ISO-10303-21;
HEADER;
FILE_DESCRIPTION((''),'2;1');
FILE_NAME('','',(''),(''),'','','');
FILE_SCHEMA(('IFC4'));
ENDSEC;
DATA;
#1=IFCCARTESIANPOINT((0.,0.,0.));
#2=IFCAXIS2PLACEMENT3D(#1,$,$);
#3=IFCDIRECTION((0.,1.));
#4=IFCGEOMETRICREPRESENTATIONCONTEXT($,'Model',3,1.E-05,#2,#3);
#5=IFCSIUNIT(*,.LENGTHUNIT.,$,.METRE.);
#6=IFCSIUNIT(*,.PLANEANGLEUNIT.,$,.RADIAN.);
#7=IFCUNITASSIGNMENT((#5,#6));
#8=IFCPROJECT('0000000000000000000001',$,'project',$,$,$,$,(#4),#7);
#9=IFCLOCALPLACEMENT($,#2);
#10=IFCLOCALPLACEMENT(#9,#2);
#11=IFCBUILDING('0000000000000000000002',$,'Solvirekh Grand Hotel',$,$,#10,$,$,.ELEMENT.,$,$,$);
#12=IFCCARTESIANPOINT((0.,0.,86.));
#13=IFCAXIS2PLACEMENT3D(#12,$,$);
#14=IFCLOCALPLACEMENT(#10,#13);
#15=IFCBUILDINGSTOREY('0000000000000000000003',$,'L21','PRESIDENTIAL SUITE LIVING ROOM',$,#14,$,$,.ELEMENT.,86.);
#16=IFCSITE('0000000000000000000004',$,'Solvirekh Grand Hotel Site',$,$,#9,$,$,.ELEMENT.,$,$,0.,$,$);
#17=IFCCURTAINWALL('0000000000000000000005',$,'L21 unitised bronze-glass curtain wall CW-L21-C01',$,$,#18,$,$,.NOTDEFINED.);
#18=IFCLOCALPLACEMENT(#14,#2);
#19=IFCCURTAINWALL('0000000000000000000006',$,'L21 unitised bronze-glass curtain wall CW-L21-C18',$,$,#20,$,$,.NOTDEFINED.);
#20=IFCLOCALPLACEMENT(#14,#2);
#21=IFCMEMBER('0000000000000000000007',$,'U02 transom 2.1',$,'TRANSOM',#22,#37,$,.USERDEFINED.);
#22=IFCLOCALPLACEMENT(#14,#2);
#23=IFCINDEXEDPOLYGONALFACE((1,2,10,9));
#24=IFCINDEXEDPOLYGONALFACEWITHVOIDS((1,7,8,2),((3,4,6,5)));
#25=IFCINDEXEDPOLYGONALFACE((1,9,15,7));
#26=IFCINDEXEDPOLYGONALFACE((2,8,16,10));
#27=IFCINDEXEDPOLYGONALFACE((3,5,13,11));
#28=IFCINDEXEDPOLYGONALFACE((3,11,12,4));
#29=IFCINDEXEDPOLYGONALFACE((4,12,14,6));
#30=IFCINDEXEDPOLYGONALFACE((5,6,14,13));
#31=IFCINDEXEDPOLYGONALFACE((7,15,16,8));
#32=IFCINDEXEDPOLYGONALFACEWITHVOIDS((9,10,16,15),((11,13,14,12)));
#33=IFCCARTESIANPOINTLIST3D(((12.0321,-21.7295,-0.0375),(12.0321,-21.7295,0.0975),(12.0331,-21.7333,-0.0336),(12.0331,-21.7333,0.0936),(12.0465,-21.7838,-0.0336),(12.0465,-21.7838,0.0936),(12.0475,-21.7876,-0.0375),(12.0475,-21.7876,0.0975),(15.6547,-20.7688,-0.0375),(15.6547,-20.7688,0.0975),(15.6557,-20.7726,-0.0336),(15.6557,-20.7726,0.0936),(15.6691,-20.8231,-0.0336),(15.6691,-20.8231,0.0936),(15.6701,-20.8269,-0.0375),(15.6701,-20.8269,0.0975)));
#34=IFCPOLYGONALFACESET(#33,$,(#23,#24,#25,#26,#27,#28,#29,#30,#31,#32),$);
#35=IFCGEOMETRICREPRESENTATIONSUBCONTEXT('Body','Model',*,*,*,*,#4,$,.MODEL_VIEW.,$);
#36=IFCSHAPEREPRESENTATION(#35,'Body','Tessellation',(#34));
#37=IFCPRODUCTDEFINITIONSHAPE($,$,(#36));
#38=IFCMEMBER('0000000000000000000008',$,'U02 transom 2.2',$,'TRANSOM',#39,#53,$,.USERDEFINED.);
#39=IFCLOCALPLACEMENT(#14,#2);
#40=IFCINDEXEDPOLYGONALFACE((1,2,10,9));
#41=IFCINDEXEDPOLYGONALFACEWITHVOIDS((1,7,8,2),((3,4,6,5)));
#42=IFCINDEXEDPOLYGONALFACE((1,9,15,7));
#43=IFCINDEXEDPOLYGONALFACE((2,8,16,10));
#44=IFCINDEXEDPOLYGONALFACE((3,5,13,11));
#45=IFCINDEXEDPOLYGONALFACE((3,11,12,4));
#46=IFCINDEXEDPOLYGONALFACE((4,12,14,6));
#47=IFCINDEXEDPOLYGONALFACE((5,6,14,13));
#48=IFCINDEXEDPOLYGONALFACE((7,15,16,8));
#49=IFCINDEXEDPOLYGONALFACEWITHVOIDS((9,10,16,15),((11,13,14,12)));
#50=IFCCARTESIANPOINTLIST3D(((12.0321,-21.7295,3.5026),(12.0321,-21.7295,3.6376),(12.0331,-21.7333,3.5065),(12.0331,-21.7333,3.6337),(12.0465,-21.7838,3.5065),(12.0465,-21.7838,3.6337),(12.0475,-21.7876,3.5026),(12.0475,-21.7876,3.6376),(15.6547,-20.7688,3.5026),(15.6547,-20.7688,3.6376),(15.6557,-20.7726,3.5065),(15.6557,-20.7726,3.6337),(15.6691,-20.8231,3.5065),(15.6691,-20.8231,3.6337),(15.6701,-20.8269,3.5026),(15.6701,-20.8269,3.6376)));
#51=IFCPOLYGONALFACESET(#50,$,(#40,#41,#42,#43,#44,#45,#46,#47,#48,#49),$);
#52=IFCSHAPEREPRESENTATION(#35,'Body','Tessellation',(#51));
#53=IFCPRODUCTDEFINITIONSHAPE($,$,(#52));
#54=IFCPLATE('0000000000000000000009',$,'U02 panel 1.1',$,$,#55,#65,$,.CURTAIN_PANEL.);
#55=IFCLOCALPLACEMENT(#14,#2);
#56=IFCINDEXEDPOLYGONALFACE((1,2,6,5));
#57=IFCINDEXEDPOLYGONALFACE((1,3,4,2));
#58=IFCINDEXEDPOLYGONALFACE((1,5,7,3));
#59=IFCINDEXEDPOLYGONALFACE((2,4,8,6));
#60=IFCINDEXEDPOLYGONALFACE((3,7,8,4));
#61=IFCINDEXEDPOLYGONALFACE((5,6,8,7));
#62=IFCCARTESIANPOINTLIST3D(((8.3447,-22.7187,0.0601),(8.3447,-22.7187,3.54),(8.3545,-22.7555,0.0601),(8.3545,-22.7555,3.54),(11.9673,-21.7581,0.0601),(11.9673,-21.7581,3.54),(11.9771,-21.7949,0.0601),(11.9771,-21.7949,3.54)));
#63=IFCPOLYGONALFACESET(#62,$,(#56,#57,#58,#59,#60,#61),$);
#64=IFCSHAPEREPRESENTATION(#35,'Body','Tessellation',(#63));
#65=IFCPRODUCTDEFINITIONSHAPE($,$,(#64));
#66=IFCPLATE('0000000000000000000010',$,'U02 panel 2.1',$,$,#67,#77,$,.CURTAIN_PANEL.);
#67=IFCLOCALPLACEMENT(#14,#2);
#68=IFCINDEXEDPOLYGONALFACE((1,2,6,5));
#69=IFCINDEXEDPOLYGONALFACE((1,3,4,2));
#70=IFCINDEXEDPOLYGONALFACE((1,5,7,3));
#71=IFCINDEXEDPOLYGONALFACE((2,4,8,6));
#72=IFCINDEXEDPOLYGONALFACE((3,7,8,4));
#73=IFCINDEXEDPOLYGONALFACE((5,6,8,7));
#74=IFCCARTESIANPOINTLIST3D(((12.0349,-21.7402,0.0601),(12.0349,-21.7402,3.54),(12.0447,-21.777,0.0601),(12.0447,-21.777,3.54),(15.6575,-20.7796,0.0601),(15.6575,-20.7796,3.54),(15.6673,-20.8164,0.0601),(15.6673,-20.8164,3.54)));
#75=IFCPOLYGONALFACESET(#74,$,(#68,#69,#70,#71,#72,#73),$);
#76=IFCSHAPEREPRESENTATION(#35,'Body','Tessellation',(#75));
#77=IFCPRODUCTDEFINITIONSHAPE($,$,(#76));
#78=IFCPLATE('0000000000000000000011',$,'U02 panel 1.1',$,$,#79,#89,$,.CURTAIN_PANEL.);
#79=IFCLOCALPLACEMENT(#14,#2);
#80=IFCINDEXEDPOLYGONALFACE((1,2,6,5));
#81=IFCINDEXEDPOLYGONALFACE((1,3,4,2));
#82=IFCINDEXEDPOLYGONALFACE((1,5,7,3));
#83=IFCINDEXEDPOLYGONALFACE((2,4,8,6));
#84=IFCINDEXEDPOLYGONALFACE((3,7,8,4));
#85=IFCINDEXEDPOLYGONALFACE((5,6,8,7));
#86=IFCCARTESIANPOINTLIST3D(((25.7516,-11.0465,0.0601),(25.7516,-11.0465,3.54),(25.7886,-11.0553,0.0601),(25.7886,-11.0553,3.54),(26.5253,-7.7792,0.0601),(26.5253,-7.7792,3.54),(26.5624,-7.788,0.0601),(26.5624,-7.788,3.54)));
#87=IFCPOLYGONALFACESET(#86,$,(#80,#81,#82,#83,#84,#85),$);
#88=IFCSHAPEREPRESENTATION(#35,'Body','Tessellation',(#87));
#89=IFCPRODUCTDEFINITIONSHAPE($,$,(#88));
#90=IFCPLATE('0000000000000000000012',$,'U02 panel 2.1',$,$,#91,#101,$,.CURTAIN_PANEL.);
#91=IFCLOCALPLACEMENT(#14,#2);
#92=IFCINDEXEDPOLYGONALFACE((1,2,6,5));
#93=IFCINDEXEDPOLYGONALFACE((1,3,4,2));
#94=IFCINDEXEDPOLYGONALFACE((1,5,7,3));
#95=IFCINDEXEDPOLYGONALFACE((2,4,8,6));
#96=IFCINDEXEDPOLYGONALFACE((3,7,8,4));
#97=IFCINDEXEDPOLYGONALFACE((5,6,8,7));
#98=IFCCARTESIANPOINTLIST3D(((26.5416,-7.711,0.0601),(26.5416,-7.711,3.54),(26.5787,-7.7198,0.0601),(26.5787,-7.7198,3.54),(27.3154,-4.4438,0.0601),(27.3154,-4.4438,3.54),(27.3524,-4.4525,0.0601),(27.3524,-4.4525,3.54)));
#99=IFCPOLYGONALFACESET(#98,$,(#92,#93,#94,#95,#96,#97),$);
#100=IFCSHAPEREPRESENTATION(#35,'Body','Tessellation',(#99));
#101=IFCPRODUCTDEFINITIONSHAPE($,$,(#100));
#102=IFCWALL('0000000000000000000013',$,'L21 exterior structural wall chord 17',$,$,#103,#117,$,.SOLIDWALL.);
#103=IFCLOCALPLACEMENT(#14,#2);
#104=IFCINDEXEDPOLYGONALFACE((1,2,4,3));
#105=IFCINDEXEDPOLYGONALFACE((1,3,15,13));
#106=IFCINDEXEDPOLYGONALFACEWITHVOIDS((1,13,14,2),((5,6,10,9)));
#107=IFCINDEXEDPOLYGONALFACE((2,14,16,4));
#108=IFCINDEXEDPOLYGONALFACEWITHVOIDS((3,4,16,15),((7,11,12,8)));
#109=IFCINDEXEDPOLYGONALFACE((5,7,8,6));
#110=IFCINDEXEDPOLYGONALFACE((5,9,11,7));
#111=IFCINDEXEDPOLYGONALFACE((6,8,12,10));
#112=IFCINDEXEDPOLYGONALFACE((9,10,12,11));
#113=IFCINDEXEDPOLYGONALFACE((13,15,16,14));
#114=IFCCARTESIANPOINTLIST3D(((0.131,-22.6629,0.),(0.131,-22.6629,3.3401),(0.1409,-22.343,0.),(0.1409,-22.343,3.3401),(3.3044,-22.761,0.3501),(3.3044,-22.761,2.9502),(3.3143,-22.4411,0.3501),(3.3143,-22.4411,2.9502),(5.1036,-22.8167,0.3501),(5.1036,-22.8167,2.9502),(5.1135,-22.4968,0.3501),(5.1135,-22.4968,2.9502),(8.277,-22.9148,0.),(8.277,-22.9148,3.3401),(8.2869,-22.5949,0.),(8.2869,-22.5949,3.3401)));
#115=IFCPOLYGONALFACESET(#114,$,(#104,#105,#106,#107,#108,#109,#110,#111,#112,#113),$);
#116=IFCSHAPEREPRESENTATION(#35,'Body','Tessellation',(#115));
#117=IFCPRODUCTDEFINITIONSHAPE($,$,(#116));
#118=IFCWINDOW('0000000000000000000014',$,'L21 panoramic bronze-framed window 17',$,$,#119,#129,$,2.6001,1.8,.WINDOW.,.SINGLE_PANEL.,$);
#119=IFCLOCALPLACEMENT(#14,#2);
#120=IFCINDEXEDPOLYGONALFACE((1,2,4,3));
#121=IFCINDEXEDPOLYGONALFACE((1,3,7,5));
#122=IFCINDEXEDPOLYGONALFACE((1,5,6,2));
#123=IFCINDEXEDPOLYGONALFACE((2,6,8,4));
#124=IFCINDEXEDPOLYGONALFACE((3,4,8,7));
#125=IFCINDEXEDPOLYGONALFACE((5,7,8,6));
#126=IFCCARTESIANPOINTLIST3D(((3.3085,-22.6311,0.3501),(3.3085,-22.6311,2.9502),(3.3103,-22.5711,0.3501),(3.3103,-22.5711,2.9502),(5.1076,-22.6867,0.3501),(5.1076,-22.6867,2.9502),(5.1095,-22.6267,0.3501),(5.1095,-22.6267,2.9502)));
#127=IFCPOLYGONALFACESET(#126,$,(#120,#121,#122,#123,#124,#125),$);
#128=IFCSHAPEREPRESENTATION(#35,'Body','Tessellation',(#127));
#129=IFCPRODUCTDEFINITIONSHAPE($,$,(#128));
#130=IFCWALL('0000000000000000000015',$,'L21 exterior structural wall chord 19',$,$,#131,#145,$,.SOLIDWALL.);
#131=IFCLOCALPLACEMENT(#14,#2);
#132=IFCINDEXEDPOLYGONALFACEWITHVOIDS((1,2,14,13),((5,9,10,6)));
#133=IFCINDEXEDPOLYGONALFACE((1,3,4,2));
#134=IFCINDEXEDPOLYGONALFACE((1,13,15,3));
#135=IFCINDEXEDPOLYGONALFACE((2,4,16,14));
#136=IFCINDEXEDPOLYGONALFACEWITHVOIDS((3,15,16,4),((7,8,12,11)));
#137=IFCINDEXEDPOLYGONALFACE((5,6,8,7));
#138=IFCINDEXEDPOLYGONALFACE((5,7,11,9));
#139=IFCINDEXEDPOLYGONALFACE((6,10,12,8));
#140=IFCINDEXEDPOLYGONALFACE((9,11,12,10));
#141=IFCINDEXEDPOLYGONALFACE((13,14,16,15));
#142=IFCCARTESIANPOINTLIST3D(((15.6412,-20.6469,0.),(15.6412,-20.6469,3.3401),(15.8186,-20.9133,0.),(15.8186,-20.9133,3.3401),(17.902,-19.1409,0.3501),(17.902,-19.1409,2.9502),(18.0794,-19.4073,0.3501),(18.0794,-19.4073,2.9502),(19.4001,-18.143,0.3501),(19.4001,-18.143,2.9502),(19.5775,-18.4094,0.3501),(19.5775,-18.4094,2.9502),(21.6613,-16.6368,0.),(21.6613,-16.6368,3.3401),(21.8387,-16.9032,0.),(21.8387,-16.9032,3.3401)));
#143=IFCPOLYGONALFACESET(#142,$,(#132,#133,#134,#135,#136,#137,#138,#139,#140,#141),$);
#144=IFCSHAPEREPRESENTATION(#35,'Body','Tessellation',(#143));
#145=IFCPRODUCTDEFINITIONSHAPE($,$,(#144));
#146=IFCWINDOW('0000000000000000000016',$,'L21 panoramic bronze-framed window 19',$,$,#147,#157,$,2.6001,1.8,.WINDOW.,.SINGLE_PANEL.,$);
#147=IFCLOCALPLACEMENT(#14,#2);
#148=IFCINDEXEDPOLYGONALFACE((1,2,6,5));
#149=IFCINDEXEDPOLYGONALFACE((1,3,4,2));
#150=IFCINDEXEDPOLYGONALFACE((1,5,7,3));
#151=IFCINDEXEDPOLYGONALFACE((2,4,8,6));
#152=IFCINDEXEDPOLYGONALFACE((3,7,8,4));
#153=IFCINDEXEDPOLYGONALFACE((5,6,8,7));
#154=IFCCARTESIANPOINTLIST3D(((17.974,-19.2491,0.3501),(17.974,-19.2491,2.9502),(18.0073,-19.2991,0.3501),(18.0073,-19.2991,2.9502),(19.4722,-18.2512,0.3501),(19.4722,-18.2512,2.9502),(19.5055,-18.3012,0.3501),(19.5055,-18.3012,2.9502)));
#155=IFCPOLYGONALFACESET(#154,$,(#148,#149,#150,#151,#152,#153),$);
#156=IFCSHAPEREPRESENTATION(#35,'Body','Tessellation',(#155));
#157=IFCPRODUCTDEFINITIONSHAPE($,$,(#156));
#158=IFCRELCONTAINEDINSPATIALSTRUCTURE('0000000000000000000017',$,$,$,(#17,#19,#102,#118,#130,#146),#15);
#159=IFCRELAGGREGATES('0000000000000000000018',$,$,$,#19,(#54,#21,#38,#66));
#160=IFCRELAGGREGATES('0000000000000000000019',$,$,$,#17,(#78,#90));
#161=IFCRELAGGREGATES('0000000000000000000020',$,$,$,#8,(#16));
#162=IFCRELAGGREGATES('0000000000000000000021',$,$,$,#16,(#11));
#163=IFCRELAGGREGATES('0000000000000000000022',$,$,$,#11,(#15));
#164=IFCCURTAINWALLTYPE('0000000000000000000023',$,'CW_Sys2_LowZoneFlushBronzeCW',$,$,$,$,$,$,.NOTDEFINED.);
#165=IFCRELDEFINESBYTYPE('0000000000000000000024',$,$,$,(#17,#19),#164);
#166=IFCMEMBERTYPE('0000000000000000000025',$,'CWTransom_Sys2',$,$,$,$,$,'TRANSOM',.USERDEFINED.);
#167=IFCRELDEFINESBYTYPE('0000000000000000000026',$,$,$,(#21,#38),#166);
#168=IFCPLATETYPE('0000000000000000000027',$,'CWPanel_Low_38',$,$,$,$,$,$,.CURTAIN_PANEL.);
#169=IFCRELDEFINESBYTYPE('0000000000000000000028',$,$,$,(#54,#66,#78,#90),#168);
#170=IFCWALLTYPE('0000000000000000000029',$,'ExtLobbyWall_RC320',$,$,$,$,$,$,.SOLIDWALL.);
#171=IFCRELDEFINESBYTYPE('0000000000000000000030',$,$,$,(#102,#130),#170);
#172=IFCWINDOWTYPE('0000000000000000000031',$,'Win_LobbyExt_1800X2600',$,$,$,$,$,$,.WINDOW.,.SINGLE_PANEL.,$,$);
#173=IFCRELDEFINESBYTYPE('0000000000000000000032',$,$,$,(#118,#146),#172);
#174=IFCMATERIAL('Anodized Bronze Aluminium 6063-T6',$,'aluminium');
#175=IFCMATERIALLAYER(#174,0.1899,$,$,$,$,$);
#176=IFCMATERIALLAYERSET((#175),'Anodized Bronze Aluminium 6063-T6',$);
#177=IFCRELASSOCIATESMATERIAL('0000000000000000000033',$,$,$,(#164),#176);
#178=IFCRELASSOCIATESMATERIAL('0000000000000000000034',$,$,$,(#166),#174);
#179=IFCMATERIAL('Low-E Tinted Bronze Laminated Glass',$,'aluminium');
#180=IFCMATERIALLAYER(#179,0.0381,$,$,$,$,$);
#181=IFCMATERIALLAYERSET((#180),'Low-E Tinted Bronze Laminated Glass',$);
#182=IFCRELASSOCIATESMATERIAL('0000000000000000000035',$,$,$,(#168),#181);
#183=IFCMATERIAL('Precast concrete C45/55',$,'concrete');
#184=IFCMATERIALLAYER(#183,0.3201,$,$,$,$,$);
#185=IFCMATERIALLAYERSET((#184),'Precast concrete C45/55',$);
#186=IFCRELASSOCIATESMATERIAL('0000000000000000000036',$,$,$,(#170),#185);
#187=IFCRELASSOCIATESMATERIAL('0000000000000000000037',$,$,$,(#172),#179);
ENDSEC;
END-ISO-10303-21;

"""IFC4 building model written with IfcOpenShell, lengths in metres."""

from ifc_helpers import new_model, si_unit, direction, frame, frame_2d, origin, origin_2d, place, context, subcontext, project, spatial, rectangle, hollow_rectangle, extrude, source, transform, mapped, material, layer, layer_set, material_profile, profile_set, type_object, element, fill, aggregate, save


model = new_model("IFC4")

# Units and contexts
model_context = context("Model", 3, precision=1e-05, world=origin(), true_north=direction((0.0, 1.0)))
body_context = subcontext(model_context, "Body", "Model", "MODEL_VIEW")
ifc_project = project(units=[si_unit("LENGTHUNIT", "METRE"), si_unit("PLANEANGLEUNIT", "RADIAN")], contexts=[model_context])

# Site, building, storey
site_placement = place(None, origin())
site = spatial("IfcSite", under=ifc_project, at=site_placement, Name="Solvirekh Grand Hotel Site", CompositionType="ELEMENT", RefElevation=0.0)
building_placement = place(site_placement, origin())
building = spatial("IfcBuilding", under=site, at=building_placement, Name="Solvirekh Grand Hotel", CompositionType="ELEMENT")
storey_placement = place(building_placement, frame((0.0, 0.0, 86.0)))
storey = spatial("IfcBuildingStorey", under=building, at=storey_placement, Name="L21", Description="PRESIDENTIAL SUITE LIVING ROOM", CompositionType="ELEMENT", Elevation=86.0)

# Curtain walls
ifc_material_1 = material(Name="Anodized Bronze Aluminium 6063-T6", Category="aluminium")
ifc_layer_1 = layer(ifc_material_1, 0.1899)
ifc_layer_set_1 = layer_set([ifc_layer_1], Name="Anodized Bronze Aluminium 6063-T6")
curtain_wall_type = type_object("IfcCurtainWallType", Name="CW_Sys2_LowZoneFlushBronzeCW", PredefinedType="NOTDEFINED", material=ifc_layer_set_1)
curtain_wall_1_placement = place(storey_placement, origin())
curtain_wall_1 = element("IfcCurtainWall", 1, at=curtain_wall_1_placement, inside=storey, type_object=curtain_wall_type, Name="L21 unitised bronze-glass curtain wall CW-L21-C01", PredefinedType="NOTDEFINED")
curtain_wall_2_placement = place(storey_placement, origin())
curtain_wall_2 = element("IfcCurtainWall", 2, at=curtain_wall_2_placement, inside=storey, type_object=curtain_wall_type, Name="L21 unitised bronze-glass curtain wall CW-L21-C18", PredefinedType="NOTDEFINED")

# Members
ifc_material_profile_1 = material_profile(ifc_material_1, hollow_rectangle(XDim=0.0601, YDim=0.135, WallThickness=0.0039, at=origin_2d()), Name="ALU RHS 135X60X4")
ifc_profile_set_1 = profile_set([ifc_material_profile_1], Name="Anodized Bronze Aluminium 6063-T6")
member_type_1 = type_object("IfcMemberType", Name="CWTransom_Sys2", ElementType="TRANSOM", PredefinedType="USERDEFINED", material=ifc_profile_set_1)
shared_shape_1 = source(origin(), body_context, "Body", "SweptSolid", [
    extrude(hollow_rectangle(XDim=0.0601, YDim=0.135, WallThickness=0.0039, at=origin_2d()), origin(), (0.0, 0.0, 1.0), 3.7478),
])
member_1_placement = place(storey_placement, frame((12.0398, -21.7585, 0.03), z_axis=(0.966588, 0.256337, 0.0), x_axis=(-0.256337, 0.966588, 0.0)))
member_1 = element("IfcMember", 3, at=member_1_placement, type_object=member_type_1, Name="U02 transom 2.1", ObjectType="TRANSOM", PredefinedType="USERDEFINED", context=body_context, shape_type="MappedRepresentation", body=[
    mapped(shared_shape_1, transform((0.0, 0.0, 0.0), x_axis=(1.0, 0.0, 0.0), y_axis=(0.0, 1.0, 0.0), z_axis=(0.0, 0.0, 1.0), scale=1.0)),
])
member_2_placement = place(storey_placement, frame((12.0398, -21.7585, 3.5701), z_axis=(0.966588, 0.256337, 0.0), x_axis=(-0.256337, 0.966588, 0.0)))
member_2 = element("IfcMember", 4, at=member_2_placement, type_object=member_type_1, Name="U02 transom 2.2", ObjectType="TRANSOM", PredefinedType="USERDEFINED", context=body_context, shape_type="MappedRepresentation", body=[
    mapped(shared_shape_1, transform((0.0, 0.0, 0.0), x_axis=(1.0, 0.0, 0.0), y_axis=(0.0, 1.0, 0.0), z_axis=(0.0, 0.0, 1.0), scale=1.0)),
])

# Plates
ifc_material_2 = material(Name="Low-E Tinted Bronze Laminated Glass", Category="aluminium")
ifc_layer_2 = layer(ifc_material_2, 0.0381)
ifc_layer_set_2 = layer_set([ifc_layer_2], Name="Low-E Tinted Bronze Laminated Glass")
plate_type = type_object("IfcPlateType", Name="CWPanel_Low_38", PredefinedType="CURTAIN_PANEL", material=ifc_layer_set_2)
shared_shape_2 = source(origin(), body_context, "Body", "SweptSolid", [
    extrude(rectangle(XDim=3.7478, YDim=0.0381, at=origin_2d()), origin(), (0.0, 0.0, 1.0), 3.48),
])
plate_1_placement = place(storey_placement, frame((10.1609, -22.2568, 0.0601), z_axis=(0.0, 0.0, 1.0), x_axis=(0.966594, 0.256313, 0.0)))
plate_1 = element("IfcPlate", 5, at=plate_1_placement, type_object=plate_type, Name="U02 panel 1.1", PredefinedType="CURTAIN_PANEL", context=body_context, shape_type="MappedRepresentation", body=[
    mapped(shared_shape_2, transform((0.0, 0.0, 0.0), x_axis=(1.0, 0.0, 0.0), y_axis=(0.0, 1.0, 0.0), z_axis=(0.0, 0.0, 1.0), scale=1.0)),
])
plate_2_placement = place(storey_placement, frame((13.8511, -21.2783, 0.0601), z_axis=(0.0, 0.0, 1.0), x_axis=(0.966594, 0.256313, 0.0)))
plate_2 = element("IfcPlate", 6, at=plate_2_placement, type_object=plate_type, Name="U02 panel 2.1", PredefinedType="CURTAIN_PANEL", context=body_context, shape_type="MappedRepresentation", body=[
    mapped(shared_shape_2, transform((0.0, 0.0, 0.0), x_axis=(1.0, 0.0, 0.0), y_axis=(0.0, 1.0, 0.0), z_axis=(0.0, 0.0, 1.0), scale=1.0)),
])
aggregate(curtain_wall_2, [plate_1, member_1, member_2, plate_2])
shared_shape_3 = source(origin(), body_context, "Body", "SweptSolid", [
    extrude(rectangle(XDim=3.3577, YDim=0.0381, at=origin_2d()), origin(), (0.0, 0.0, 1.0), 3.48),
])
plate_3_placement = place(storey_placement, frame((26.157, -9.4172, 0.0601), z_axis=(0.0, 0.0, 1.0), x_axis=(0.230456, 0.973083, 0.0)))
plate_3 = element("IfcPlate", 7, at=plate_3_placement, type_object=plate_type, Name="U02 panel 1.1", PredefinedType="CURTAIN_PANEL", context=body_context, shape_type="MappedRepresentation", body=[
    mapped(shared_shape_3, transform((0.0, 0.0, 0.0), x_axis=(1.0, 0.0, 0.0), y_axis=(0.0, 1.0, 0.0), z_axis=(0.0, 0.0, 1.0), scale=1.0)),
])
plate_4_placement = place(storey_placement, frame((26.947, -6.0818, 0.0601), z_axis=(0.0, 0.0, 1.0), x_axis=(0.230456, 0.973083, 0.0)))
plate_4 = element("IfcPlate", 8, at=plate_4_placement, type_object=plate_type, Name="U02 panel 2.1", PredefinedType="CURTAIN_PANEL", context=body_context, shape_type="MappedRepresentation", body=[
    mapped(shared_shape_3, transform((0.0, 0.0, 0.0), x_axis=(1.0, 0.0, 0.0), y_axis=(0.0, 1.0, 0.0), z_axis=(0.0, 0.0, 1.0), scale=1.0)),
])
aggregate(curtain_wall_1, [plate_3, plate_4])

# Walls, openings, windows
ifc_material_3 = material(Name="Precast concrete C45/55", Category="concrete")
ifc_layer_3 = layer(ifc_material_3, 0.3201)
ifc_layer_set_3 = layer_set([ifc_layer_3], Name="Precast concrete C45/55")
wall_type_1 = type_object("IfcWallType", Name="ExtLobbyWall_RC320", PredefinedType="SOLIDWALL", material=ifc_layer_set_3)
wall_1_placement = place(storey_placement, frame((8.282, -22.7549, 0.0), z_axis=(0.0, 0.0, 1.0), x_axis=(-0.999522, 0.030915, 0.0)))
wall_1 = element("IfcWall", 9, at=wall_1_placement, inside=storey, type_object=wall_type_1, Name="L21 exterior structural wall chord 17", PredefinedType="SOLIDWALL", context=body_context, shape_type="SweptSolid", body=[
    extrude(rectangle(XDim=8.1499, YDim=0.3201, at=frame_2d((4.075, 0.0))), origin(), (0.0, 0.0, 1.0), 3.3401),
])
opening_1_placement = place(wall_1_placement, frame((3.175, 0.0, 0.3501)))
opening_1 = element("IfcOpeningElement", 10, at=opening_1_placement, cuts=wall_1, PredefinedType="OPENING", context=body_context, shape_type="SweptSolid", body=[
    extrude(rectangle(XDim=1.8, YDim=2.6001, at=frame_2d((0.8999, 1.3))), frame((0.0, 0.1699, 0.0), z_axis=(0.0, -1.0, 0.0), x_axis=(1.0, 0.0, 0.0)), (0.0, 0.0, 1.0), 0.3401),
])
window_type = type_object("IfcWindowType", Name="Win_LobbyExt_1800X2600", PartitioningType="SINGLE_PANEL", PredefinedType="WINDOW", material=ifc_material_2)
window_1_placement = place(opening_1_placement, origin())
window_1 = element("IfcWindow", 11, at=window_1_placement, inside=storey, type_object=window_type, Name="L21 panoramic bronze-framed window 17", OverallHeight=2.6001, OverallWidth=1.8, PartitioningType="SINGLE_PANEL", PredefinedType="WINDOW", context=body_context, shape_type="SweptSolid", body=[
    extrude(rectangle(XDim=1.8, YDim=2.6001, at=frame_2d((0.8999, 1.3))), frame((0.0, 0.03, 0.0), z_axis=(0.0, -1.0, 0.0), x_axis=(1.0, 0.0, 0.0)), (0.0, 0.0, 1.0), 0.0601),
])
fill(opening_1, window_1)
wall_2_placement = place(storey_placement, frame((21.75, -16.77, 0.0), z_axis=(0.0, 0.0, 1.0), x_axis=(-0.832263, -0.554381, 0.0)))
wall_2 = element("IfcWall", 12, at=wall_2_placement, inside=storey, type_object=wall_type_1, Name="L21 exterior structural wall chord 19", PredefinedType="SOLIDWALL", context=body_context, shape_type="SweptSolid", body=[
    extrude(rectangle(XDim=7.2334, YDim=0.3201, at=frame_2d((3.6167, 0.0))), origin(), (0.0, 0.0, 1.0), 3.3401),
])
opening_2_placement = place(wall_2_placement, frame((2.717, 0.0, 0.3501)))
opening_2 = element("IfcOpeningElement", 13, at=opening_2_placement, cuts=wall_2, PredefinedType="OPENING", context=body_context, shape_type="SweptSolid", body=[
    extrude(rectangle(XDim=1.8, YDim=2.6001, at=frame_2d((0.8999, 1.3))), frame((0.0, 0.1699, 0.0), z_axis=(0.0, -1.0, 0.0), x_axis=(1.0, 0.0, 0.0)), (0.0, 0.0, 1.0), 0.3401),
])
window_2_placement = place(opening_2_placement, origin())
window_2 = element("IfcWindow", 14, at=window_2_placement, inside=storey, type_object=window_type, Name="L21 panoramic bronze-framed window 19", OverallHeight=2.6001, OverallWidth=1.8, PartitioningType="SINGLE_PANEL", PredefinedType="WINDOW", context=body_context, shape_type="SweptSolid", body=[
    extrude(rectangle(XDim=1.8, YDim=2.6001, at=frame_2d((0.8999, 1.3))), frame((0.0, 0.03, 0.0), z_axis=(0.0, -1.0, 0.0), x_axis=(1.0, 0.0, 0.0)), (0.0, 0.0, 1.0), 0.0601),
])
fill(opening_2, window_2)

save(model, "model.ifc")
